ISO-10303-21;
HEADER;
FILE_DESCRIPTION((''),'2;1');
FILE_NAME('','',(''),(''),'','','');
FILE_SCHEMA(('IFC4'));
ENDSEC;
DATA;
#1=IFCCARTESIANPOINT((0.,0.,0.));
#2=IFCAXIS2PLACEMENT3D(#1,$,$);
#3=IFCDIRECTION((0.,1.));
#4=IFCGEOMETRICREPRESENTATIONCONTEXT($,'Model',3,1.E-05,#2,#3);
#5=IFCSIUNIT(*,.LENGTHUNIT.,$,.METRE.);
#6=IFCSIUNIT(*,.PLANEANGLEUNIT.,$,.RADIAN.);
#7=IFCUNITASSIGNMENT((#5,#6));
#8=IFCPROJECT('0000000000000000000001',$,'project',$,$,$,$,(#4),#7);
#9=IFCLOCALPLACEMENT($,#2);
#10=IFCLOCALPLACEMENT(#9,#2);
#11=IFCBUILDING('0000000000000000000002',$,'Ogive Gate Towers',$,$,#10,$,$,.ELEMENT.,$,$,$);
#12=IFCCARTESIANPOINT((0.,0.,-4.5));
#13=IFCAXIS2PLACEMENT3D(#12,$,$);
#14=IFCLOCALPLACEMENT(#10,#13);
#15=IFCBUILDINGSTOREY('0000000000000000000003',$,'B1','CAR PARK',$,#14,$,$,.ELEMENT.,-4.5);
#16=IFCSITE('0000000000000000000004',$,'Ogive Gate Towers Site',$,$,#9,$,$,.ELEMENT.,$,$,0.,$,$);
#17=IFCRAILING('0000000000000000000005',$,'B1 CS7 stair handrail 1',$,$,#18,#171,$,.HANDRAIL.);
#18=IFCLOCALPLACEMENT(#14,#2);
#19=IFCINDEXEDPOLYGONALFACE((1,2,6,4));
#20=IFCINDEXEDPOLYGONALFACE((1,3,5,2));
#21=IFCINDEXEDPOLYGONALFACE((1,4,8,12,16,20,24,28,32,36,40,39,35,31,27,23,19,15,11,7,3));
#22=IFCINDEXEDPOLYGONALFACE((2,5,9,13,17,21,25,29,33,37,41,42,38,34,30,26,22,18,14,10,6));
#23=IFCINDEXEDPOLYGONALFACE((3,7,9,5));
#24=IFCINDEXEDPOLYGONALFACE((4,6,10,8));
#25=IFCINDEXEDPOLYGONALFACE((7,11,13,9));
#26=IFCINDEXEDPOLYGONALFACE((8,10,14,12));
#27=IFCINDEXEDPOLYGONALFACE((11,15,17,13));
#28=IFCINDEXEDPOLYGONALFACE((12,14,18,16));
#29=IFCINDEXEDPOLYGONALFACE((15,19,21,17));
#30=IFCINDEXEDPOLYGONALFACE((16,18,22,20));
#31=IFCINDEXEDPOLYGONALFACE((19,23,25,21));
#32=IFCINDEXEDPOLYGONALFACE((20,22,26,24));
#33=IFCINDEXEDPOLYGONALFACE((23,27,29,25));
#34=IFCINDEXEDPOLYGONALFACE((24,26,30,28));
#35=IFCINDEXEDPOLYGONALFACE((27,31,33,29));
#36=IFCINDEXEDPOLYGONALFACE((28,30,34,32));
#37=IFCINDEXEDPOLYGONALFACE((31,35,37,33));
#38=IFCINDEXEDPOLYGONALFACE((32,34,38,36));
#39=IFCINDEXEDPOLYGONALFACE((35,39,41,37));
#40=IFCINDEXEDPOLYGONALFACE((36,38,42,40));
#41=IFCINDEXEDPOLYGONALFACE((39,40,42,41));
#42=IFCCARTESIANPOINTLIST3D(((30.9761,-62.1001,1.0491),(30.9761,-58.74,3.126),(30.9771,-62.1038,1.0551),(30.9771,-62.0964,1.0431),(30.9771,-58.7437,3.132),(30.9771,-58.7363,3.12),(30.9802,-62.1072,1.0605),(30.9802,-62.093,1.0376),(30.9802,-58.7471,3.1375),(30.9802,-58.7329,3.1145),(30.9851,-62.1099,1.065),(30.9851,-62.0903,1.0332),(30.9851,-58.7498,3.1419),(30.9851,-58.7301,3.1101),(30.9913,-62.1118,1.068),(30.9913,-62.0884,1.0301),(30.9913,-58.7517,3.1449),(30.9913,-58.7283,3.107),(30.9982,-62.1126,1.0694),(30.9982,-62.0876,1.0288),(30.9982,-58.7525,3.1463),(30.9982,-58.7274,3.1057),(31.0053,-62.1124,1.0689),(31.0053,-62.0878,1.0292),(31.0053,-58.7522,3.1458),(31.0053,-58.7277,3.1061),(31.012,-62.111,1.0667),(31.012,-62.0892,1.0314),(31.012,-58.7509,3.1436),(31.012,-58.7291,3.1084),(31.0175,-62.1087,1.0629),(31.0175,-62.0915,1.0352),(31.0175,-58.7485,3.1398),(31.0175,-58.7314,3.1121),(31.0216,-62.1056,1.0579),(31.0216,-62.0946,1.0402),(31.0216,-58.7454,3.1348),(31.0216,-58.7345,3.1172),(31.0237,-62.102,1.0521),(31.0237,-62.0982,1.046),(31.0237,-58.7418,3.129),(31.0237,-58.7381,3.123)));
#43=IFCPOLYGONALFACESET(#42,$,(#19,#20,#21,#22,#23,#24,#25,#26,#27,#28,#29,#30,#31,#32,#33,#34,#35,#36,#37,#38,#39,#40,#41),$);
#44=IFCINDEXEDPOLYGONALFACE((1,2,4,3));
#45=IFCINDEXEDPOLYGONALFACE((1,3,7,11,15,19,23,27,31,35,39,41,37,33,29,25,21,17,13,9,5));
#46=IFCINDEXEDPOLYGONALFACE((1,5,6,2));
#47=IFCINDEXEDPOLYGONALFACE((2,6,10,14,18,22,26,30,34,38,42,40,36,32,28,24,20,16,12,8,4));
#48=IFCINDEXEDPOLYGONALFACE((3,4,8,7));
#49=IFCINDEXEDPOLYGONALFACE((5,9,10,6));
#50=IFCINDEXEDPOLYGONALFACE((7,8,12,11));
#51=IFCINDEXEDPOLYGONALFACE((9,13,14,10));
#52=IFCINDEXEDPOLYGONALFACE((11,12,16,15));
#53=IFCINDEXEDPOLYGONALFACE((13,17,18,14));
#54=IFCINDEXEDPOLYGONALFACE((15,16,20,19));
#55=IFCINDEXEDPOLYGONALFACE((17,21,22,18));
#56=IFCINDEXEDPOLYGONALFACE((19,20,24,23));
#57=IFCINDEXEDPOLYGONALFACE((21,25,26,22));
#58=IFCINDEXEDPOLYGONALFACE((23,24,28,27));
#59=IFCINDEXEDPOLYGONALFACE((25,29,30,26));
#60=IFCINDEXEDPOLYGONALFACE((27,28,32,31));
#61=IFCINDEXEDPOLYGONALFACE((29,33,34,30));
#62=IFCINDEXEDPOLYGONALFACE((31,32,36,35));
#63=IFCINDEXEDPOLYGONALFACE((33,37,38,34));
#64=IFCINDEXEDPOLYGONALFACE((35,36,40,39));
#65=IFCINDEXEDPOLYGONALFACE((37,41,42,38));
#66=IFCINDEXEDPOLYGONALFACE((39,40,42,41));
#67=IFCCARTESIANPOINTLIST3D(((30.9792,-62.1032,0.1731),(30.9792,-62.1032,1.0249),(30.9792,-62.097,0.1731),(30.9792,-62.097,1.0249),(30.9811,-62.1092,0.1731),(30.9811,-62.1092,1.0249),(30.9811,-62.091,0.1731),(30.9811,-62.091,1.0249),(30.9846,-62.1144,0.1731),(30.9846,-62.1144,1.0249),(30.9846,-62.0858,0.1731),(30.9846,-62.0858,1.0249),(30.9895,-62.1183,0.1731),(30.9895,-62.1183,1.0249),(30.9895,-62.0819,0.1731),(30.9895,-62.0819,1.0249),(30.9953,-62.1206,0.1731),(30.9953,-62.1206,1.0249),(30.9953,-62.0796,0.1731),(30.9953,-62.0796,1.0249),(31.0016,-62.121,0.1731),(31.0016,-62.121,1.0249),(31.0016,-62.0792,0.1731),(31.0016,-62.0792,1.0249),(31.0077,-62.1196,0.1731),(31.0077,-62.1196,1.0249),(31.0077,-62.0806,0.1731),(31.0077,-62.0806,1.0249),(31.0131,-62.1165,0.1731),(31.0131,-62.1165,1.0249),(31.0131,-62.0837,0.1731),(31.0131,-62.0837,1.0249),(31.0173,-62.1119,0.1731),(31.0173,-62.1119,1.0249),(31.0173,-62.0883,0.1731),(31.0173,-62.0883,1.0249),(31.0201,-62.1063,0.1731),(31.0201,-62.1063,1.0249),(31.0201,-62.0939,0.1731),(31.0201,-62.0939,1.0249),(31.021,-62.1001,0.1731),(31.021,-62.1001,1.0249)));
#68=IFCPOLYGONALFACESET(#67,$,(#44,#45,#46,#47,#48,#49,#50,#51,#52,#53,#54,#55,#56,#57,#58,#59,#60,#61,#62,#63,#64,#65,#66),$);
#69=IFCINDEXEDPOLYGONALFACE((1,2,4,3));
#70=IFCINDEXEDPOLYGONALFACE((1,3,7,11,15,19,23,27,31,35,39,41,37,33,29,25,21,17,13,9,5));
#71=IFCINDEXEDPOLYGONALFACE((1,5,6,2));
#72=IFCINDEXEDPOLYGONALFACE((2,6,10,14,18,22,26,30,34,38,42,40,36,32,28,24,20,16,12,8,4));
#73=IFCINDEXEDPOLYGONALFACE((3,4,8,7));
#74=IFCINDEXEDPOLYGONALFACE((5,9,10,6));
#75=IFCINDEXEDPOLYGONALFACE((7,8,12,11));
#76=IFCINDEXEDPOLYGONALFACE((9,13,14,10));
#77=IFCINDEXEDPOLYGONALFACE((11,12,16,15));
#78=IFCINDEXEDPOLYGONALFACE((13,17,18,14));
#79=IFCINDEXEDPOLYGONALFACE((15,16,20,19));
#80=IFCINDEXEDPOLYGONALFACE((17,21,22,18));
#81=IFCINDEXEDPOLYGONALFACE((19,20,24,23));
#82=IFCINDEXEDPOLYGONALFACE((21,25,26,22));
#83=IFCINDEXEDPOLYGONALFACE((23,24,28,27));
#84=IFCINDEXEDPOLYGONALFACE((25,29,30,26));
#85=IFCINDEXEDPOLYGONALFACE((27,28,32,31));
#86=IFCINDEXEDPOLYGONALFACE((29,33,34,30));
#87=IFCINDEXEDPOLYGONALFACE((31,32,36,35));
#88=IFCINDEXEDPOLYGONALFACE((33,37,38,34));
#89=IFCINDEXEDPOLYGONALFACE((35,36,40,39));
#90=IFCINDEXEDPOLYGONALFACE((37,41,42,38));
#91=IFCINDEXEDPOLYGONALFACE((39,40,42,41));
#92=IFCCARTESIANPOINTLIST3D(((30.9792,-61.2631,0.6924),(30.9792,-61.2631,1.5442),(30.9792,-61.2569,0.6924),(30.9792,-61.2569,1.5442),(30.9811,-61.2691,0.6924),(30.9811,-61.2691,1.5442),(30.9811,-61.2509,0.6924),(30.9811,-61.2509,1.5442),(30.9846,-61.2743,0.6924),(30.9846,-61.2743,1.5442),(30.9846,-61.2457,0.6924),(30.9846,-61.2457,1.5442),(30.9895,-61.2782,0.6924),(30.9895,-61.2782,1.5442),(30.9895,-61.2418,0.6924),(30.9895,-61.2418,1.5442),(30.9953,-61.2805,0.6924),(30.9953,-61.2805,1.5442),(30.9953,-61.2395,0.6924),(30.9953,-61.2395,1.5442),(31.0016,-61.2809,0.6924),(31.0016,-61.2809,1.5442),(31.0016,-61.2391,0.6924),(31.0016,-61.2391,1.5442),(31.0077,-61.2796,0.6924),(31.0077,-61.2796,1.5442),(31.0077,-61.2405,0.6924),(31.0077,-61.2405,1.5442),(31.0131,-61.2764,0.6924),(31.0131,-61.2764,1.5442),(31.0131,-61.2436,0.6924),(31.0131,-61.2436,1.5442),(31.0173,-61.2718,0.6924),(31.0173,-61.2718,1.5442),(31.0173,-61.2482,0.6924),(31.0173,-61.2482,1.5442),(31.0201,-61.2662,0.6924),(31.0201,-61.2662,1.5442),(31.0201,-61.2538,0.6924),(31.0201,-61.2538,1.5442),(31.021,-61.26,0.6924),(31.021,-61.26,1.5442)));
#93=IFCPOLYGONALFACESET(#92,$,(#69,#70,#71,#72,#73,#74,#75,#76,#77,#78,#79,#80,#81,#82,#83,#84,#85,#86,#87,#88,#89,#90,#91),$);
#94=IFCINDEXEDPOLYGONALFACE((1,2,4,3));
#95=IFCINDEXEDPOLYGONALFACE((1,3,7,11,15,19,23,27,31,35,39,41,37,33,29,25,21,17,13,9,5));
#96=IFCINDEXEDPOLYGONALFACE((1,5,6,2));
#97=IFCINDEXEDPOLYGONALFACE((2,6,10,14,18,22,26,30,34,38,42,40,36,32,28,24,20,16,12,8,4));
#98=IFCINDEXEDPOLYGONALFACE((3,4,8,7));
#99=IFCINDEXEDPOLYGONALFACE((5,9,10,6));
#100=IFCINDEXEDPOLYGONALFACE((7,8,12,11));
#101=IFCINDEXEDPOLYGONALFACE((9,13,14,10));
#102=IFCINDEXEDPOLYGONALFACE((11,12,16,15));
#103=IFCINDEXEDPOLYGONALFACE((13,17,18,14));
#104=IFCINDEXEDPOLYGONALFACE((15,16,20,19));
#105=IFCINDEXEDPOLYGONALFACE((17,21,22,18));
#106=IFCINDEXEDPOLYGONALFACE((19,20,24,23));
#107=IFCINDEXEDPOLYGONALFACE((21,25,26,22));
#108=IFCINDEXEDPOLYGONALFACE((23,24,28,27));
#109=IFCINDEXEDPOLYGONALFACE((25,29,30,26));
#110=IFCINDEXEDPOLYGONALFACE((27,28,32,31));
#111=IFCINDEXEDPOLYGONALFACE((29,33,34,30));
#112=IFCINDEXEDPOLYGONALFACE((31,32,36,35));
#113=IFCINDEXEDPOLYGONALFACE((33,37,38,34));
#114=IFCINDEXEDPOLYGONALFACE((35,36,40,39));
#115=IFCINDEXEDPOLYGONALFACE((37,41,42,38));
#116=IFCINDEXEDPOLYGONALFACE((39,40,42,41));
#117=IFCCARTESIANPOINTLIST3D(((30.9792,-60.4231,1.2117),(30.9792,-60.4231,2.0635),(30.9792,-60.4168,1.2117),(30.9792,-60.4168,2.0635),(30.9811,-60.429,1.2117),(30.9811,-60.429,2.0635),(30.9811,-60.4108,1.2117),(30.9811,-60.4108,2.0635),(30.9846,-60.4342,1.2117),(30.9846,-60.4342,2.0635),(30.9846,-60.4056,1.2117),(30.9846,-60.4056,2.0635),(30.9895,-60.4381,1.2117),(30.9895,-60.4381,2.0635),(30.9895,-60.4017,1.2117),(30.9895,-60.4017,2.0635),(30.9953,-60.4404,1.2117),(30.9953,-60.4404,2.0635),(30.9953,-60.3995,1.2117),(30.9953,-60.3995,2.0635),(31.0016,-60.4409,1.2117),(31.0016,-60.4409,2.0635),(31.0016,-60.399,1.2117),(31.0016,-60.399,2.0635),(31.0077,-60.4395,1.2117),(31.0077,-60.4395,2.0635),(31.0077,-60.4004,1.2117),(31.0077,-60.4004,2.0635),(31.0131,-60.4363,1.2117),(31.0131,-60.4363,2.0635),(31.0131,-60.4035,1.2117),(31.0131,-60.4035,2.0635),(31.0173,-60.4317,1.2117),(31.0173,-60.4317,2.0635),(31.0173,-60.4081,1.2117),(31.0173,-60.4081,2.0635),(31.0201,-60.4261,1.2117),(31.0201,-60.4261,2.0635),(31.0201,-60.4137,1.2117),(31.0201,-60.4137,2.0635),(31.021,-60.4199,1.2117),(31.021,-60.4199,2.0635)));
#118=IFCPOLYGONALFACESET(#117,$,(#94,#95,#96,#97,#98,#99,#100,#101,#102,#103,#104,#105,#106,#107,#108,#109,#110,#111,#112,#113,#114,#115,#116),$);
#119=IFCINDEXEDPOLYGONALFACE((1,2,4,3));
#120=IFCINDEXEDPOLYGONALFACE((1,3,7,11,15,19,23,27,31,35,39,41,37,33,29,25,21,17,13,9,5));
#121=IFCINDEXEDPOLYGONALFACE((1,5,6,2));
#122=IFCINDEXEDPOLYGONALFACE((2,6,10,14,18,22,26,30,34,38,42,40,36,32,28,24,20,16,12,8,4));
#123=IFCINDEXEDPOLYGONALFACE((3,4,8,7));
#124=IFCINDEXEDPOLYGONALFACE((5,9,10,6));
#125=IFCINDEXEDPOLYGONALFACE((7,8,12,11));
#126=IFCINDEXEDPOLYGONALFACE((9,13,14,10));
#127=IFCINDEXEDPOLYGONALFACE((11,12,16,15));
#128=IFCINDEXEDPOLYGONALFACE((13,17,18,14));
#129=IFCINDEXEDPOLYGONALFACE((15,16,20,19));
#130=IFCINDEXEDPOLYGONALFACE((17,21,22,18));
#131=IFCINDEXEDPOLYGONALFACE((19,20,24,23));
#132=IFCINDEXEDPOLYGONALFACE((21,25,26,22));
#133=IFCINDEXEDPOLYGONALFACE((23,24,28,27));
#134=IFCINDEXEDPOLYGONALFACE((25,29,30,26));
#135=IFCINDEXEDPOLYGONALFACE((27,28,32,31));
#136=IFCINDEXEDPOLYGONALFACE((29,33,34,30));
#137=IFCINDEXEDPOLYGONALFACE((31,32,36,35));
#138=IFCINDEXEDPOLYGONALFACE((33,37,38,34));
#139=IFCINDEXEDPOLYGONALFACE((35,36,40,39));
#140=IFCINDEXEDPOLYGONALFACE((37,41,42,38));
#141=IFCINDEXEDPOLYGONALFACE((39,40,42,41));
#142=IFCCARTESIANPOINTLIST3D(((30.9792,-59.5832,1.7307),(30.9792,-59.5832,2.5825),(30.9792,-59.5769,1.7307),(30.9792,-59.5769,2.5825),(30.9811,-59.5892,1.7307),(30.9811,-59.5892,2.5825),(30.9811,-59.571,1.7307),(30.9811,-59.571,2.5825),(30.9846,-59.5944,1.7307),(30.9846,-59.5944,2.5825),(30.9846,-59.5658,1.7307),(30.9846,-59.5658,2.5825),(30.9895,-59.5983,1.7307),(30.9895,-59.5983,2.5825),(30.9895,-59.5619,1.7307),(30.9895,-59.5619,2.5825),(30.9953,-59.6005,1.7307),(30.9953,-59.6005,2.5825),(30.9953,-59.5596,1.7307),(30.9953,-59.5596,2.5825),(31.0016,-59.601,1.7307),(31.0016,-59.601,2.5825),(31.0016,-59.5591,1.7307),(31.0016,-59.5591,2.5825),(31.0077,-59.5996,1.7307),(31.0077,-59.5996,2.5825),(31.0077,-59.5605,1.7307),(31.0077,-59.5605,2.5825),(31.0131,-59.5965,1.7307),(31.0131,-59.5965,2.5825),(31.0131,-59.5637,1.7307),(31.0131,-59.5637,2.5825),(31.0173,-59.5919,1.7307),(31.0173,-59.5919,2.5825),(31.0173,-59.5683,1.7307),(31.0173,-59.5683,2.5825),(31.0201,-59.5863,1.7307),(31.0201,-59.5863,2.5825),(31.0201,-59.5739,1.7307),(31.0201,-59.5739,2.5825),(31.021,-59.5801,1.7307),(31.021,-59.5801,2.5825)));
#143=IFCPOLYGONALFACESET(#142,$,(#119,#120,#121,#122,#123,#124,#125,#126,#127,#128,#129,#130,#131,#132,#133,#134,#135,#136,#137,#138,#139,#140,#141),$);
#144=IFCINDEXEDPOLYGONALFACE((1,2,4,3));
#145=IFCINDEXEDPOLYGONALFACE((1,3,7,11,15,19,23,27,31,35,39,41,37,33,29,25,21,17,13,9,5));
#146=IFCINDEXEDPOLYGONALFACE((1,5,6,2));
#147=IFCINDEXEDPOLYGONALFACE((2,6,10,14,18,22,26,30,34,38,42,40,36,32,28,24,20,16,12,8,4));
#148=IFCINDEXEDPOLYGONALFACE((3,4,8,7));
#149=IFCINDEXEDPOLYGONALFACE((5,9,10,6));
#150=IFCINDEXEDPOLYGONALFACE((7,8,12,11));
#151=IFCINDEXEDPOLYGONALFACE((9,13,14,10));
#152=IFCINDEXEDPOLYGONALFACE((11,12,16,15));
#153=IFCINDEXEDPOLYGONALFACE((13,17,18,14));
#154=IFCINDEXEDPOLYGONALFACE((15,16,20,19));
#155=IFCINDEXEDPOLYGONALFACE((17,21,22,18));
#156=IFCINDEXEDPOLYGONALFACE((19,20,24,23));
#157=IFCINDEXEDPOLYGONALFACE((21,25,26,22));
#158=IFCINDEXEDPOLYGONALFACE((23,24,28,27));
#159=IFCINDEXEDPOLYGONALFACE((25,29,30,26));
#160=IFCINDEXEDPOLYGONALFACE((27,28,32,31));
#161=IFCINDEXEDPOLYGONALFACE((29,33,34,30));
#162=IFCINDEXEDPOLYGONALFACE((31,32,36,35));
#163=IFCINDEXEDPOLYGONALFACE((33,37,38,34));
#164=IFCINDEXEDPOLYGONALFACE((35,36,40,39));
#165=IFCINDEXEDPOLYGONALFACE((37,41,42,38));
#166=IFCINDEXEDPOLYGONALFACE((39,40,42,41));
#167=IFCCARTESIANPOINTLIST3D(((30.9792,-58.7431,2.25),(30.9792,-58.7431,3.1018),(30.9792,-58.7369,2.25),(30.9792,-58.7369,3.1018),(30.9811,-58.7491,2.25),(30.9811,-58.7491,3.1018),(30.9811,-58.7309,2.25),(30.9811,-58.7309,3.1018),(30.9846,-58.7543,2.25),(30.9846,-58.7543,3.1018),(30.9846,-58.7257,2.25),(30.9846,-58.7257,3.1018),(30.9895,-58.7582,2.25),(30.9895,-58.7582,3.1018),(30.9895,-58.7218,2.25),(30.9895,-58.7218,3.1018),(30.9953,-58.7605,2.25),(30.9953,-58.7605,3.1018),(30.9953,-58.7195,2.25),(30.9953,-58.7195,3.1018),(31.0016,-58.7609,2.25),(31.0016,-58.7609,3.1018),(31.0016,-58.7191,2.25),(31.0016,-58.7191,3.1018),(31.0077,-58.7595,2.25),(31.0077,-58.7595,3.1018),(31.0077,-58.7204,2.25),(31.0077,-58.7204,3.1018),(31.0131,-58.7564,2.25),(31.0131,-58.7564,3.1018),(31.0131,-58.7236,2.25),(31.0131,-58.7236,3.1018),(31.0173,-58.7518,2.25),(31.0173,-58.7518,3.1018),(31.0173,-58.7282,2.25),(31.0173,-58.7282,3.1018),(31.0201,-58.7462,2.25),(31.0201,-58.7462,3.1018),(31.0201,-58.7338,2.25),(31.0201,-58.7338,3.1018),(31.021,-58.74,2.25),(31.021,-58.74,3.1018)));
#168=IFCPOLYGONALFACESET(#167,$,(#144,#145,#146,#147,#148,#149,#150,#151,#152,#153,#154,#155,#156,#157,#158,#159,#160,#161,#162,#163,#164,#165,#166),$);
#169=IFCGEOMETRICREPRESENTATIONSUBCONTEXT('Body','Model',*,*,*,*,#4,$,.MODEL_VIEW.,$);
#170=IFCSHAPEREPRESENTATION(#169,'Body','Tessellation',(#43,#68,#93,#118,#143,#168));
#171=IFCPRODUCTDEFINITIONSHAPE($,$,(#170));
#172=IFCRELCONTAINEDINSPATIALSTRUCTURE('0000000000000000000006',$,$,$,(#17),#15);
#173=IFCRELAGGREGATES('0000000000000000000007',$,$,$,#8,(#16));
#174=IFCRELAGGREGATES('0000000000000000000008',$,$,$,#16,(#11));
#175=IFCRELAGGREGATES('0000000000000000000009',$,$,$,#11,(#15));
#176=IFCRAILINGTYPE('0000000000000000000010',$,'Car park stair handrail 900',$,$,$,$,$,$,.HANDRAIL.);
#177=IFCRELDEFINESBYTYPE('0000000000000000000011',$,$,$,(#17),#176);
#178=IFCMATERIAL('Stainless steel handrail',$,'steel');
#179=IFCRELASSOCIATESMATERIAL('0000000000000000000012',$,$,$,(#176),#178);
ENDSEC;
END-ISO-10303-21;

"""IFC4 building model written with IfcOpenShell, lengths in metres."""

from ifc_helpers import new_model, si_unit, direction, frame, origin, origin_2d, place, context, subcontext, project, spatial, circle, extrude, material, type_object, element, save


model = new_model("IFC4")

# Units and contexts
model_context = context("Model", 3, precision=1e-05, world=origin(), true_north=direction((0.0, 1.0)))
body_context = subcontext(model_context, "Body", "Model", "MODEL_VIEW")
ifc_project = project(units=[si_unit("LENGTHUNIT", "METRE"), si_unit("PLANEANGLEUNIT", "RADIAN")], contexts=[model_context])

# Site, building, storey
site_placement = place(None, origin())
site = spatial("IfcSite", under=ifc_project, at=site_placement, Name="Ogive Gate Towers Site", CompositionType="ELEMENT", RefElevation=0.0)
building_placement = place(site_placement, origin())
building = spatial("IfcBuilding", under=site, at=building_placement, Name="Ogive Gate Towers", CompositionType="ELEMENT")
storey_placement = place(building_placement, frame((0.0, 0.0, -4.5)))
storey = spatial("IfcBuildingStorey", under=building, at=storey_placement, Name="B1", Description="CAR PARK", CompositionType="ELEMENT", Elevation=-4.5)

# Railing
ifc_material_1 = material(Name="Stainless steel handrail", Category="steel")
railing_type_1 = type_object("IfcRailingType", Name="Car park stair handrail 900", PredefinedType="HANDRAIL", material=ifc_material_1)
railing_1_placement = place(storey_placement, frame((31.0, -62.1001, 0.1731)))
element("IfcRailing", 1, at=railing_1_placement, inside=storey, type_object=railing_type_1, Name="B1 CS7 stair handrail 1", PredefinedType="HANDRAIL", context=body_context, shape_type="SweptSolid", body=[
    extrude(circle(Radius=0.0239, at=origin_2d()), frame((0.0, 0.0, 0.876), z_axis=(0.0, 0.850623, 0.525776), x_axis=(-1.0, 0.0, 0.0)), (0.0, 0.0, 1.0), 3.9502),
    extrude(circle(Radius=0.021, at=origin_2d()), origin(), (0.0, 0.0, 1.0), 0.8518),
    extrude(circle(Radius=0.021, at=origin_2d()), frame((0.0, 0.8401, 0.5193)), (0.0, 0.0, 1.0), 0.8518),
    extrude(circle(Radius=0.021, at=origin_2d()), frame((0.0, 1.6802, 1.0386)), (0.0, 0.0, 1.0), 0.8518),
    extrude(circle(Radius=0.021, at=origin_2d()), frame((0.0, 2.52, 1.5576)), (0.0, 0.0, 1.0), 0.8518),
    extrude(circle(Radius=0.021, at=origin_2d()), frame((0.0, 3.3601, 2.0769)), (0.0, 0.0, 1.0), 0.8518),
])

save(model, "model.ifc")
